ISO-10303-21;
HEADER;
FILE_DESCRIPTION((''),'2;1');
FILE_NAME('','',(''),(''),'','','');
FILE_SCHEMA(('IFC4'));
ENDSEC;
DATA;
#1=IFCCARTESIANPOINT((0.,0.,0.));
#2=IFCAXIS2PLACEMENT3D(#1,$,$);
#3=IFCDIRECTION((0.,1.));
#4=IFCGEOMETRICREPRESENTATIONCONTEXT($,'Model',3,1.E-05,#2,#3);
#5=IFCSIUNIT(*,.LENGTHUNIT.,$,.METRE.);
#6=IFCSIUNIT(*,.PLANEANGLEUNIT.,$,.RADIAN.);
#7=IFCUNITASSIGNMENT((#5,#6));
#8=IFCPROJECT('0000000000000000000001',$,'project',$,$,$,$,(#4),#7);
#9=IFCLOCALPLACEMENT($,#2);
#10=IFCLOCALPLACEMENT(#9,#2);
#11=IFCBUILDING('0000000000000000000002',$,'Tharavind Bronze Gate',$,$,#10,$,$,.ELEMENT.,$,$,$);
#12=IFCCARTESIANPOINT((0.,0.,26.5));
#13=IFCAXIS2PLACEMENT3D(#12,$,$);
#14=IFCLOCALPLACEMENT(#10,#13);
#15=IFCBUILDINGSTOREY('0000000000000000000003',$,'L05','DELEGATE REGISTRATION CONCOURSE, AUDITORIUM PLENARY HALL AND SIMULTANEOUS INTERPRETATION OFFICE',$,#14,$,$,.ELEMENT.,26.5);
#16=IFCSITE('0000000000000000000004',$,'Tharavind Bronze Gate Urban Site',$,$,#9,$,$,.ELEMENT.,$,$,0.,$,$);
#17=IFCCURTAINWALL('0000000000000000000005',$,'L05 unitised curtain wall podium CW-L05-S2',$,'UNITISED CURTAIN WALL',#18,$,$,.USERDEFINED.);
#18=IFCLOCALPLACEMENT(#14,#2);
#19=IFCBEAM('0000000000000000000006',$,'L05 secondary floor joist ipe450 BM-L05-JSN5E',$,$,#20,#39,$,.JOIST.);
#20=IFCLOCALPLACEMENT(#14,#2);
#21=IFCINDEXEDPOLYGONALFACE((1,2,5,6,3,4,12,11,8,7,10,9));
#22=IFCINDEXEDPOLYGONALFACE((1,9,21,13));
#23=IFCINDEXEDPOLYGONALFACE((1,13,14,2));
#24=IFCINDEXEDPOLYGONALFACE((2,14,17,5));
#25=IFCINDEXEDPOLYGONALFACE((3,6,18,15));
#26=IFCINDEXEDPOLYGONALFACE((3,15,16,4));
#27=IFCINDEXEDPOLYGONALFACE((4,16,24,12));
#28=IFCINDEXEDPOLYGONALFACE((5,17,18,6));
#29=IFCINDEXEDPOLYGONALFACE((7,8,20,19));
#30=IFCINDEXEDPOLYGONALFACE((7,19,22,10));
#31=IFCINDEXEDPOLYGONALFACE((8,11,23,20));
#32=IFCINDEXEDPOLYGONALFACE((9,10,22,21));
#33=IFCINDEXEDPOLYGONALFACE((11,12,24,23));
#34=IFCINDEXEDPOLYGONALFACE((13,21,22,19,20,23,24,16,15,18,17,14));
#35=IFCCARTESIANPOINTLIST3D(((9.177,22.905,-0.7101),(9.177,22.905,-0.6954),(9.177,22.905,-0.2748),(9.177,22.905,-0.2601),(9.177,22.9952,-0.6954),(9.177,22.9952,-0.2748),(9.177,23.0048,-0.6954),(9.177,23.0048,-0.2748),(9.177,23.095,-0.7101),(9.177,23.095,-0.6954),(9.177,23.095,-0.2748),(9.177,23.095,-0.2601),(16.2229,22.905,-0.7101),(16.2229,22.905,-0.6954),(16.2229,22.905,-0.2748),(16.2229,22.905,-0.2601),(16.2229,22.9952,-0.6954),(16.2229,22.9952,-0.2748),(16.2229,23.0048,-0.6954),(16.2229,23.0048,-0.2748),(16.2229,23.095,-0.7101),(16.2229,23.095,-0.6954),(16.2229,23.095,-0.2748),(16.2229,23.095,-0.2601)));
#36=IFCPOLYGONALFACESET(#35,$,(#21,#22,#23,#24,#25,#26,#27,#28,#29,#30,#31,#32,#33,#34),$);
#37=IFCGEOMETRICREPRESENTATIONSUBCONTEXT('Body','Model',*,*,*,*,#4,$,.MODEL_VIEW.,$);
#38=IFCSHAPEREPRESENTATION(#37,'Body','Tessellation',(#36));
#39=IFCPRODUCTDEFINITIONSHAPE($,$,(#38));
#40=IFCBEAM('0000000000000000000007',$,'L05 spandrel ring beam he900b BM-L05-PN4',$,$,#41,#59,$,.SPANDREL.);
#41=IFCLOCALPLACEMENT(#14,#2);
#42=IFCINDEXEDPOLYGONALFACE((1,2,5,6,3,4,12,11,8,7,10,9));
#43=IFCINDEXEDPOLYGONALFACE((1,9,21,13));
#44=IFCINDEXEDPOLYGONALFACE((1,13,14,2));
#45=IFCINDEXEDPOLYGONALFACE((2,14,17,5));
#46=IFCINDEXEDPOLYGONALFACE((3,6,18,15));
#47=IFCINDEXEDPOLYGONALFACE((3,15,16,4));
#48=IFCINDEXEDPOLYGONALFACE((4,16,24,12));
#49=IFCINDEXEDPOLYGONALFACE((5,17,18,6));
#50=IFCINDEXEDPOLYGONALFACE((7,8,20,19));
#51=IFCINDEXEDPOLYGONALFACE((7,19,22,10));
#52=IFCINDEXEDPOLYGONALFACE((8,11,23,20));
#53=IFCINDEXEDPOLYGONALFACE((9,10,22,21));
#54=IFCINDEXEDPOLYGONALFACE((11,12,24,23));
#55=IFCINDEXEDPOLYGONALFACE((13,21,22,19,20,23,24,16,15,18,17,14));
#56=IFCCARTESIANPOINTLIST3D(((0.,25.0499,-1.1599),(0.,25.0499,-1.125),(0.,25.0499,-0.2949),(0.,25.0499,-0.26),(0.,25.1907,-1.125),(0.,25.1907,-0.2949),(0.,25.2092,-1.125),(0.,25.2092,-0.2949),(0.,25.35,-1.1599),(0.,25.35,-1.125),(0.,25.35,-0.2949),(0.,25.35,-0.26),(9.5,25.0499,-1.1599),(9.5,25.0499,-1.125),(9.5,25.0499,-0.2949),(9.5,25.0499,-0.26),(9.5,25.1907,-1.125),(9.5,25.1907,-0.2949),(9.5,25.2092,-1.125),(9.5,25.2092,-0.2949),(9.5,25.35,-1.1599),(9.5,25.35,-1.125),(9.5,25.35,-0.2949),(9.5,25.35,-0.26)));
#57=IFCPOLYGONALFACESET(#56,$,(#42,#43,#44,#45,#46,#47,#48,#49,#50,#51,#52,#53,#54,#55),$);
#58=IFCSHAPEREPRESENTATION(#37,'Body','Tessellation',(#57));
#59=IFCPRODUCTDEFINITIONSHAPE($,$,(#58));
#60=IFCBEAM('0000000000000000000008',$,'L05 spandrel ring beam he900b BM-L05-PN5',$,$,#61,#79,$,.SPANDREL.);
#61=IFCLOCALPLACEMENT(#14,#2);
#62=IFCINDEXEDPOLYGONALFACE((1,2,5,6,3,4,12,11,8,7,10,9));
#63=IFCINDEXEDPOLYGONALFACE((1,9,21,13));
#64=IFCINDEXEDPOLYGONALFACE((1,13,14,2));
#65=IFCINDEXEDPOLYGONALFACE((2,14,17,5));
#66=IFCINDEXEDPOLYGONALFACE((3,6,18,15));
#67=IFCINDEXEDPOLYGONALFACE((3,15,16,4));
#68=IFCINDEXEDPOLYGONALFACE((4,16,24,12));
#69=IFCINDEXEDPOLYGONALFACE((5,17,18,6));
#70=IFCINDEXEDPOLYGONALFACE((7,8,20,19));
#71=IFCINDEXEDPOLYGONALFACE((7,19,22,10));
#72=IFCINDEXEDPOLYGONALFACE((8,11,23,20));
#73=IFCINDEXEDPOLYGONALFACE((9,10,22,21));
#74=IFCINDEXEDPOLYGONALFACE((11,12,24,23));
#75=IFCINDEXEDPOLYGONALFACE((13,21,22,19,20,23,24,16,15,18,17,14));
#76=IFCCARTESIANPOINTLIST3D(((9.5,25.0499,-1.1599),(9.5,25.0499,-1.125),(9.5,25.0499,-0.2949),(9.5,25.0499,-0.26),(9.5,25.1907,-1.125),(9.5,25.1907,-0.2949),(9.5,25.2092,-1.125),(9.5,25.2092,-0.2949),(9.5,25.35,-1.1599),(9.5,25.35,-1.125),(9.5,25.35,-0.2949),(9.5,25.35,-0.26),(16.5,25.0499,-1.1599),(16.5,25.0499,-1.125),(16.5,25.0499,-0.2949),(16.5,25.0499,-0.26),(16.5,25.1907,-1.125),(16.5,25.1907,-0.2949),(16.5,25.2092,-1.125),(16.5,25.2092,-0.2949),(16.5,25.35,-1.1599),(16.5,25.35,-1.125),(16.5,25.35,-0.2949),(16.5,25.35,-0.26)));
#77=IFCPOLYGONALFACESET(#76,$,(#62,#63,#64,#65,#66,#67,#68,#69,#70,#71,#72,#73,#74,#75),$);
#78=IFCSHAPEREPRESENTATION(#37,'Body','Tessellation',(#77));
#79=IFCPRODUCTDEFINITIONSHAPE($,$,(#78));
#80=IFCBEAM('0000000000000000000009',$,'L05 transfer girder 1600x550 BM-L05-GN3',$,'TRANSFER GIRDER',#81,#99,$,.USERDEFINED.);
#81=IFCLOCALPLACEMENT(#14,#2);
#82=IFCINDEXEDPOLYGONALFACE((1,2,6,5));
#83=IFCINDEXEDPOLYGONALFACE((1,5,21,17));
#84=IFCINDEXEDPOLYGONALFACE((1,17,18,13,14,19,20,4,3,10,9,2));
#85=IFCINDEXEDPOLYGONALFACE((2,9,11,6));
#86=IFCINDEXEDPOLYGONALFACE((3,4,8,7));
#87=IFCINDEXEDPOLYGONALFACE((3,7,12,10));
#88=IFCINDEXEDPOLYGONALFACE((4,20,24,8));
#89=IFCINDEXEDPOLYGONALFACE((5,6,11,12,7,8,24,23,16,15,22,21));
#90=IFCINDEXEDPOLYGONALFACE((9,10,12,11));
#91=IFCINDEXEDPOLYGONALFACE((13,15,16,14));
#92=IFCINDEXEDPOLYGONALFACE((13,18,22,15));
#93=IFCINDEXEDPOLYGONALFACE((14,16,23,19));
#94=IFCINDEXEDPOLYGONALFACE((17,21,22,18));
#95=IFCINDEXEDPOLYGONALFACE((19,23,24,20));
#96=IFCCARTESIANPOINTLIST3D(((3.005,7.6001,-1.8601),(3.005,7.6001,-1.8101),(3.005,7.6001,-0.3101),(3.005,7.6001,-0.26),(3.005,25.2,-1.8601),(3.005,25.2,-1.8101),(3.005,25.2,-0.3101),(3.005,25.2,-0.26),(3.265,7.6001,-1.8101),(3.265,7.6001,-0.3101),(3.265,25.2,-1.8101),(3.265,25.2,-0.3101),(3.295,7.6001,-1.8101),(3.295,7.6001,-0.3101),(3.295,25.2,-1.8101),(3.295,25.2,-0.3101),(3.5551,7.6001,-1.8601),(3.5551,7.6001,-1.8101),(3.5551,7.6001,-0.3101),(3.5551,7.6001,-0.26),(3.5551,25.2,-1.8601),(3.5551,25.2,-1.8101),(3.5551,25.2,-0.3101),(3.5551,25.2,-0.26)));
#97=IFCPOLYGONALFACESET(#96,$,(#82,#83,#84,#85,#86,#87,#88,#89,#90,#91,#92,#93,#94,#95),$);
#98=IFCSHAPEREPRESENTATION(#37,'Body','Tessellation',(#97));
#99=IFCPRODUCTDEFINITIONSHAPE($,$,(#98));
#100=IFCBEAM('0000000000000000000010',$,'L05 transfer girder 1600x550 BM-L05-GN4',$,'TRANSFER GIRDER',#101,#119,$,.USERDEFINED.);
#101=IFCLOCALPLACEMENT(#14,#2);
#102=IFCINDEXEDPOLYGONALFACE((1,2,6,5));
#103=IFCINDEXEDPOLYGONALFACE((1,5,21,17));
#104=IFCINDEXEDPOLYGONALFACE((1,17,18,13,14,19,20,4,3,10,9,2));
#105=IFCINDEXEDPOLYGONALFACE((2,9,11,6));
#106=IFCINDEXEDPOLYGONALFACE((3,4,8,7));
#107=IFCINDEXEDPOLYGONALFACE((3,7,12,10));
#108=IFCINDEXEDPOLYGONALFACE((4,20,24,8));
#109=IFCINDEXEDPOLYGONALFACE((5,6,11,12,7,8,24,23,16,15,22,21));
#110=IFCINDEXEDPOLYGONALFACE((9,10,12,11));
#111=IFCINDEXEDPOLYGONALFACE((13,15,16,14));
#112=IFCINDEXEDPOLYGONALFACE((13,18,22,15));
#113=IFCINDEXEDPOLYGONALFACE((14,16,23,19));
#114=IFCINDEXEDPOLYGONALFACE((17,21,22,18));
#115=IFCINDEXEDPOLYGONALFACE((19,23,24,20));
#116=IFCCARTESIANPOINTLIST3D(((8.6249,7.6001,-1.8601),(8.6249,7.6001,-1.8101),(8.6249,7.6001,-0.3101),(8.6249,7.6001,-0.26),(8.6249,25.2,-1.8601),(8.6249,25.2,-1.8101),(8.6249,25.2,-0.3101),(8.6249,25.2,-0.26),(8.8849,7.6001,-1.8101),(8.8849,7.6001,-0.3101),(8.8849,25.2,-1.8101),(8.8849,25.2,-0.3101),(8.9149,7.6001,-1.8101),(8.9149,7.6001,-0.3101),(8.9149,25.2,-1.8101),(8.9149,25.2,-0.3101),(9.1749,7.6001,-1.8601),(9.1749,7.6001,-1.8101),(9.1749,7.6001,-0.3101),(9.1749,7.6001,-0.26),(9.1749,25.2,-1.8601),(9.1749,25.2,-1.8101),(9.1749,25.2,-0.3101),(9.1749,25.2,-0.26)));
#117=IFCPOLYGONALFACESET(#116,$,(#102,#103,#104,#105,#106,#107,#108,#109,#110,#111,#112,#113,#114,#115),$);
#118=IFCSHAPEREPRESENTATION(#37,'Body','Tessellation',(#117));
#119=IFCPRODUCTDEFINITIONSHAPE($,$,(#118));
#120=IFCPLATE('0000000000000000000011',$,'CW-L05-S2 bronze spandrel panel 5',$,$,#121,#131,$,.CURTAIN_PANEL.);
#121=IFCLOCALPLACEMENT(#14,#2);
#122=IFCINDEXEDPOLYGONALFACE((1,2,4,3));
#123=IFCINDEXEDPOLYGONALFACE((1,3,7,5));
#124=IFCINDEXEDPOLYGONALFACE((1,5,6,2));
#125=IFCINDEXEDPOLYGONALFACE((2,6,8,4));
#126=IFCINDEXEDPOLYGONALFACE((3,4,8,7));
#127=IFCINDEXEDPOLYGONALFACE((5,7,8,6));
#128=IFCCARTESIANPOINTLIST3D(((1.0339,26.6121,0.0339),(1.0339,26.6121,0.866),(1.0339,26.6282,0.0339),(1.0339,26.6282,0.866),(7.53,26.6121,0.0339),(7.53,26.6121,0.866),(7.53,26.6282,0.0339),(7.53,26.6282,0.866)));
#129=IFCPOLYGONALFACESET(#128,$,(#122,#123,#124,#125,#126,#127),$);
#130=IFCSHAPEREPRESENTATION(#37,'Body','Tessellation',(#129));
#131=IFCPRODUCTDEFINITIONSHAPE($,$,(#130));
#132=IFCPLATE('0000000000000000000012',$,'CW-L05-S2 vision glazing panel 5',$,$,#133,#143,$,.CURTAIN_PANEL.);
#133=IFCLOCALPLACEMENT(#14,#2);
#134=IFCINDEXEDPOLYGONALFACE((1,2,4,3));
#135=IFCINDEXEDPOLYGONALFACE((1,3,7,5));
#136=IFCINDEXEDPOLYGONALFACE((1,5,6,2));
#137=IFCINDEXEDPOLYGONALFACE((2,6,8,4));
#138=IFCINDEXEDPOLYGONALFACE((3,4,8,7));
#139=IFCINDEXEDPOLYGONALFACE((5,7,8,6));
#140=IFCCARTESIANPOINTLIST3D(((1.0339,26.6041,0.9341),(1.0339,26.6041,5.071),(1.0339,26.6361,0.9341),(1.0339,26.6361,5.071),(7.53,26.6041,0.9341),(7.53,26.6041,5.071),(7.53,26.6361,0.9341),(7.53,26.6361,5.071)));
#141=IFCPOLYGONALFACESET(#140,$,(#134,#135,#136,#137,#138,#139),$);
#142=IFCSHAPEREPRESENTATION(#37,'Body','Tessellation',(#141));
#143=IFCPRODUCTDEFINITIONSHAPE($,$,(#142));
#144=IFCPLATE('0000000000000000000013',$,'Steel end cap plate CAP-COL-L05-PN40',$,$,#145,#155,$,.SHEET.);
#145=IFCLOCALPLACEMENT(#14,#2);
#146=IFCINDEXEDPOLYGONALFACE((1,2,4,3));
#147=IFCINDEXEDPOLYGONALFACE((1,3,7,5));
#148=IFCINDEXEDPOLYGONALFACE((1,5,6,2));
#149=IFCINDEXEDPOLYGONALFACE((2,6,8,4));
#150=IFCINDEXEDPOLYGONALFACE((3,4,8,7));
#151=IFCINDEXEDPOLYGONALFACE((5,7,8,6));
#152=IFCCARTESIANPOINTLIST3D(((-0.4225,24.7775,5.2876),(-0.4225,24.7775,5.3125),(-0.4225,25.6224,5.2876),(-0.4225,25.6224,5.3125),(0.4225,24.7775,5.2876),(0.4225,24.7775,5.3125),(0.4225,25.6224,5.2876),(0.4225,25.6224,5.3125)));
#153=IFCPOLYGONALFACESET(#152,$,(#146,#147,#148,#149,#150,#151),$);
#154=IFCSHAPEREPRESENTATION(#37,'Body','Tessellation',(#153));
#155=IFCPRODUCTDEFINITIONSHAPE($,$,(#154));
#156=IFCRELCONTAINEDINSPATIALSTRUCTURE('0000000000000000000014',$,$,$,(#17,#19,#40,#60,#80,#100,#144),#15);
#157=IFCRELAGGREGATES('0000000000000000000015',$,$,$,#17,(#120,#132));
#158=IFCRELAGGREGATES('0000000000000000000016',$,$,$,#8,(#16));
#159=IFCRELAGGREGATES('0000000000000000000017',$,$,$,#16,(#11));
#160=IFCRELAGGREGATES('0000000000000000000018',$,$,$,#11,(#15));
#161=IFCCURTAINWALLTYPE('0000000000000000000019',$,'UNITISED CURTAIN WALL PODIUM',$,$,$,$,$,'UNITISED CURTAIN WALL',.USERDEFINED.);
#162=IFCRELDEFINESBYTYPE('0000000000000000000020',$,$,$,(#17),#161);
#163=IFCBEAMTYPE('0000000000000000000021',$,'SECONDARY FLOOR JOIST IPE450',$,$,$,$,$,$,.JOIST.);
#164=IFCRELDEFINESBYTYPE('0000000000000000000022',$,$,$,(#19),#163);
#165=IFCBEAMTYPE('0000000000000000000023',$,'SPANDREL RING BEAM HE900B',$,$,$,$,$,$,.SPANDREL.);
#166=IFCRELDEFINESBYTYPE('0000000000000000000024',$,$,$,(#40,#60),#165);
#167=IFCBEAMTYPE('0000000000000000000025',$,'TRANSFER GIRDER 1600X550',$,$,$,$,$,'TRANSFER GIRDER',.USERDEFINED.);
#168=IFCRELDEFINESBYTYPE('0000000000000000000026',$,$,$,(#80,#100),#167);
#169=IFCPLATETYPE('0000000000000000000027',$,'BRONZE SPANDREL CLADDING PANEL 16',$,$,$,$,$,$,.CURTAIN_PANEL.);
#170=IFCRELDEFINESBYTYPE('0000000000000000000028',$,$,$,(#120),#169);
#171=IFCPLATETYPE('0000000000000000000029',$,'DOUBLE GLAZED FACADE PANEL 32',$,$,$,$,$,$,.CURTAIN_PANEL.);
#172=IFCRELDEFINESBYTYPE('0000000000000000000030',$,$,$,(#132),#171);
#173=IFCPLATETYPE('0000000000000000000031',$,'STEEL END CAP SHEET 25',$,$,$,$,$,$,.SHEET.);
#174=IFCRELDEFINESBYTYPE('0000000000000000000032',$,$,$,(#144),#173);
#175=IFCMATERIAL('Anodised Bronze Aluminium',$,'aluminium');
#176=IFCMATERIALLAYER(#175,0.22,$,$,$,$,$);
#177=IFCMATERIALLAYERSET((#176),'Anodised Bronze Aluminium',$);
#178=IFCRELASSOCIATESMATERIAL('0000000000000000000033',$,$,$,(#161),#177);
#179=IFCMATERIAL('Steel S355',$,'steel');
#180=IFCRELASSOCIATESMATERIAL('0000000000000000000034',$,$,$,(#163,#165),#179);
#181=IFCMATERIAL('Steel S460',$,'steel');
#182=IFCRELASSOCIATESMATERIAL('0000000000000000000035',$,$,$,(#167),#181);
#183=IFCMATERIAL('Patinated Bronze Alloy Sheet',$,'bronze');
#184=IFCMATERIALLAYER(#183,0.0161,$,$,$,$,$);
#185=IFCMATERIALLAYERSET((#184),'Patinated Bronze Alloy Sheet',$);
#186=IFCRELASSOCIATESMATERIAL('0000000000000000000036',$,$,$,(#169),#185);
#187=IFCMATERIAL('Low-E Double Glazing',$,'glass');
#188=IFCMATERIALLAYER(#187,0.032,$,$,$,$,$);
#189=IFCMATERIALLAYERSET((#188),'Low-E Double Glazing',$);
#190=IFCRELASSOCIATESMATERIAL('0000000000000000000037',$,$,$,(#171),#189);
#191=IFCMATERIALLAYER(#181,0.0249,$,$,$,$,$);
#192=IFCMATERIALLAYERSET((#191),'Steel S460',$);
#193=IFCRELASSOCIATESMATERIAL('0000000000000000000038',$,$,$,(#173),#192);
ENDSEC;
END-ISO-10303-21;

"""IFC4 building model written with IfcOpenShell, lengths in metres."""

from ifc_helpers import new_model, si_unit, direction, frame, origin, origin_2d, place, context, subcontext, project, spatial, rectangle, i_section, extrude, material, layer, layer_set, material_profile, profile_set, type_object, element, aggregate, save


model = new_model("IFC4")

# Units and contexts
model_context = context("Model", 3, precision=1e-05, world=origin(), true_north=direction((0.0, 1.0)))
body_context = subcontext(model_context, "Body", "Model", "MODEL_VIEW")
ifc_project = project(units=[si_unit("LENGTHUNIT", "METRE"), si_unit("PLANEANGLEUNIT", "RADIAN")], contexts=[model_context])

# Site, building, storey
site_placement = place(None, origin())
site = spatial("IfcSite", under=ifc_project, at=site_placement, Name="Tharavind Bronze Gate Urban Site", CompositionType="ELEMENT", RefElevation=0.0)
building_placement = place(site_placement, origin())
building = spatial("IfcBuilding", under=site, at=building_placement, Name="Tharavind Bronze Gate", CompositionType="ELEMENT")
storey_placement = place(building_placement, frame((0.0, 0.0, 26.5)))
storey = spatial("IfcBuildingStorey", under=building, at=storey_placement, Name="L05", Description="DELEGATE REGISTRATION CONCOURSE, AUDITORIUM PLENARY HALL AND SIMULTANEOUS INTERPRETATION OFFICE", CompositionType="ELEMENT", Elevation=26.5)

# Shared definitions
ifc_material_1 = material(Name="Steel S460", Category="steel")

# Curtain wall
ifc_material_2 = material(Name="Anodised Bronze Aluminium", Category="aluminium")
ifc_layer_1 = layer(ifc_material_2, 0.22)
ifc_layer_set_1 = layer_set([ifc_layer_1], Name="Anodised Bronze Aluminium")
curtain_wall_type = type_object("IfcCurtainWallType", Name="UNITISED CURTAIN WALL PODIUM", ElementType="UNITISED CURTAIN WALL", PredefinedType="USERDEFINED", material=ifc_layer_set_1)
curtain_wall_placement = place(storey_placement, origin())
curtain_wall = element("IfcCurtainWall", 1, at=curtain_wall_placement, inside=storey, type_object=curtain_wall_type, Name="L05 unitised curtain wall podium CW-L05-S2", ObjectType="UNITISED CURTAIN WALL", PredefinedType="USERDEFINED")

# Beams
ifc_material_3 = material(Name="Steel S355", Category="steel")
ifc_material_profile_1 = material_profile(ifc_material_3, i_section(OverallWidth=0.1899, OverallDepth=0.45, WebThickness=0.0095, FlangeThickness=0.0146, at=origin_2d()), Name="IPE450")
ifc_profile_set_1 = profile_set([ifc_material_profile_1], Name="Steel S355")
beam_type_1 = type_object("IfcBeamType", Name="SECONDARY FLOOR JOIST IPE450", PredefinedType="JOIST", material=ifc_profile_set_1)
beam_1_placement = place(storey_placement, frame((9.177, 23.0, -0.4851), z_axis=(1.0, 0.0, 0.0), x_axis=(0.0, 1.0, 0.0)))
element("IfcBeam", 2, at=beam_1_placement, inside=storey, type_object=beam_type_1, Name="L05 secondary floor joist ipe450 BM-L05-JSN5E", PredefinedType="JOIST", context=body_context, shape_type="SweptSolid", body=[
    extrude(i_section(OverallWidth=0.1899, OverallDepth=0.45, WebThickness=0.0095, FlangeThickness=0.0146, at=origin_2d()), origin(), (0.0, 0.0, 1.0), 7.0459),
])
ifc_material_profile_2 = material_profile(ifc_material_3, i_section(OverallWidth=0.3, OverallDepth=0.8999, WebThickness=0.0186, FlangeThickness=0.0349, at=origin_2d()), Name="HE900B")
ifc_profile_set_2 = profile_set([ifc_material_profile_2], Name="Steel S355")
beam_type_2 = type_object("IfcBeamType", Name="SPANDREL RING BEAM HE900B", PredefinedType="SPANDREL", material=ifc_profile_set_2)
beam_2_placement = place(storey_placement, frame((0.0, 25.2, -0.71), z_axis=(1.0, 0.0, 0.0), x_axis=(0.0, 1.0, 0.0)))
element("IfcBeam", 3, at=beam_2_placement, inside=storey, type_object=beam_type_2, Name="L05 spandrel ring beam he900b BM-L05-PN4", PredefinedType="SPANDREL", context=body_context, shape_type="SweptSolid", body=[
    extrude(i_section(OverallWidth=0.3, OverallDepth=0.8999, WebThickness=0.0186, FlangeThickness=0.0349, at=origin_2d()), origin(), (0.0, 0.0, 1.0), 9.5),
])
beam_3_placement = place(storey_placement, frame((9.5, 25.2, -0.71), z_axis=(1.0, 0.0, 0.0), x_axis=(0.0, 1.0, 0.0)))
element("IfcBeam", 4, at=beam_3_placement, inside=storey, type_object=beam_type_2, Name="L05 spandrel ring beam he900b BM-L05-PN5", PredefinedType="SPANDREL", context=body_context, shape_type="SweptSolid", body=[
    extrude(i_section(OverallWidth=0.3, OverallDepth=0.8999, WebThickness=0.0186, FlangeThickness=0.0349, at=origin_2d()), origin(), (0.0, 0.0, 1.0), 7.0),
])
ifc_material_profile_3 = material_profile(ifc_material_1, i_section(OverallWidth=0.55, OverallDepth=1.6001, WebThickness=0.03, FlangeThickness=0.05, at=origin_2d()), Name="PG1600X550")
ifc_profile_set_3 = profile_set([ifc_material_profile_3], Name="Steel S460")
beam_type_3 = type_object("IfcBeamType", Name="TRANSFER GIRDER 1600X550", ElementType="TRANSFER GIRDER", PredefinedType="USERDEFINED", material=ifc_profile_set_3)
for number, where, z_axis, x_axis, name in (
    (5, (3.28, 25.2, -1.0601), (0.0, -1.0, 0.0), (1.0, 0.0, 0.0), "L05 transfer girder 1600x550 BM-L05-GN3"),
    (6, (8.8999, 25.2, -1.0601), (0.0, -1.0, 0.0), (1.0, 0.0, 0.0), "L05 transfer girder 1600x550 BM-L05-GN4"),
):
    element("IfcBeam", number, at=place(storey_placement, frame(where, z_axis=z_axis, x_axis=x_axis)), inside=storey, type_object=beam_type_3, Name=name, ObjectType="TRANSFER GIRDER", PredefinedType="USERDEFINED", context=body_context, shape_type="SweptSolid", body=[
        extrude(i_section(OverallWidth=0.55, OverallDepth=1.6001, WebThickness=0.03, FlangeThickness=0.05, at=origin_2d()), origin(), (0.0, 0.0, 1.0), 17.5999),
    ])

# Plates
ifc_material_4 = material(Name="Patinated Bronze Alloy Sheet", Category="bronze")
ifc_layer_2 = layer(ifc_material_4, 0.0161)
ifc_layer_set_2 = layer_set([ifc_layer_2], Name="Patinated Bronze Alloy Sheet")
plate_type_1 = type_object("IfcPlateType", Name="BRONZE SPANDREL CLADDING PANEL 16", PredefinedType="CURTAIN_PANEL", material=ifc_layer_set_2)
plate_1_placement = place(storey_placement, frame((4.282, 26.6201, 0.0339), z_axis=(0.0, 0.0, 1.0), x_axis=(-1.0, 0.0, 0.0)))
plate_1 = element("IfcPlate", 7, at=plate_1_placement, type_object=plate_type_1, Name="CW-L05-S2 bronze spandrel panel 5", PredefinedType="CURTAIN_PANEL", context=body_context, shape_type="SweptSolid", body=[
    extrude(rectangle(XDim=6.4961, YDim=0.0161, at=origin_2d()), origin(), (0.0, 0.0, 1.0), 0.832),
])
ifc_material_5 = material(Name="Low-E Double Glazing", Category="glass")
ifc_layer_3 = layer(ifc_material_5, 0.032)
ifc_layer_set_3 = layer_set([ifc_layer_3], Name="Low-E Double Glazing")
plate_type_2 = type_object("IfcPlateType", Name="DOUBLE GLAZED FACADE PANEL 32", PredefinedType="CURTAIN_PANEL", material=ifc_layer_set_3)
plate_2_placement = place(storey_placement, frame((4.282, 26.6201, 0.9341), z_axis=(0.0, 0.0, 1.0), x_axis=(-1.0, 0.0, 0.0)))
plate_2 = element("IfcPlate", 8, at=plate_2_placement, type_object=plate_type_2, Name="CW-L05-S2 vision glazing panel 5", PredefinedType="CURTAIN_PANEL", context=body_context, shape_type="SweptSolid", body=[
    extrude(rectangle(XDim=6.4961, YDim=0.032, at=origin_2d()), origin(), (0.0, 0.0, 1.0), 4.137),
])
aggregate(curtain_wall, [plate_1, plate_2])
ifc_layer_4 = layer(ifc_material_1, 0.0249)
ifc_layer_set_4 = layer_set([ifc_layer_4], Name="Steel S460")
plate_type_3 = type_object("IfcPlateType", Name="STEEL END CAP SHEET 25", PredefinedType="SHEET", material=ifc_layer_set_4)
plate_3_placement = place(storey_placement, frame((0.0, 25.2, 5.2876), z_axis=(0.0, 0.0, 1.0), x_axis=(1.0, 0.0, 0.0)))
element("IfcPlate", 9, at=plate_3_placement, inside=storey, type_object=plate_type_3, Name="Steel end cap plate CAP-COL-L05-PN40", PredefinedType="SHEET", context=body_context, shape_type="SweptSolid", body=[
    extrude(rectangle(XDim=0.845, YDim=0.845, at=origin_2d()), origin(), (0.0, 0.0, 1.0), 0.0249),
])

save(model, "model.ifc")
